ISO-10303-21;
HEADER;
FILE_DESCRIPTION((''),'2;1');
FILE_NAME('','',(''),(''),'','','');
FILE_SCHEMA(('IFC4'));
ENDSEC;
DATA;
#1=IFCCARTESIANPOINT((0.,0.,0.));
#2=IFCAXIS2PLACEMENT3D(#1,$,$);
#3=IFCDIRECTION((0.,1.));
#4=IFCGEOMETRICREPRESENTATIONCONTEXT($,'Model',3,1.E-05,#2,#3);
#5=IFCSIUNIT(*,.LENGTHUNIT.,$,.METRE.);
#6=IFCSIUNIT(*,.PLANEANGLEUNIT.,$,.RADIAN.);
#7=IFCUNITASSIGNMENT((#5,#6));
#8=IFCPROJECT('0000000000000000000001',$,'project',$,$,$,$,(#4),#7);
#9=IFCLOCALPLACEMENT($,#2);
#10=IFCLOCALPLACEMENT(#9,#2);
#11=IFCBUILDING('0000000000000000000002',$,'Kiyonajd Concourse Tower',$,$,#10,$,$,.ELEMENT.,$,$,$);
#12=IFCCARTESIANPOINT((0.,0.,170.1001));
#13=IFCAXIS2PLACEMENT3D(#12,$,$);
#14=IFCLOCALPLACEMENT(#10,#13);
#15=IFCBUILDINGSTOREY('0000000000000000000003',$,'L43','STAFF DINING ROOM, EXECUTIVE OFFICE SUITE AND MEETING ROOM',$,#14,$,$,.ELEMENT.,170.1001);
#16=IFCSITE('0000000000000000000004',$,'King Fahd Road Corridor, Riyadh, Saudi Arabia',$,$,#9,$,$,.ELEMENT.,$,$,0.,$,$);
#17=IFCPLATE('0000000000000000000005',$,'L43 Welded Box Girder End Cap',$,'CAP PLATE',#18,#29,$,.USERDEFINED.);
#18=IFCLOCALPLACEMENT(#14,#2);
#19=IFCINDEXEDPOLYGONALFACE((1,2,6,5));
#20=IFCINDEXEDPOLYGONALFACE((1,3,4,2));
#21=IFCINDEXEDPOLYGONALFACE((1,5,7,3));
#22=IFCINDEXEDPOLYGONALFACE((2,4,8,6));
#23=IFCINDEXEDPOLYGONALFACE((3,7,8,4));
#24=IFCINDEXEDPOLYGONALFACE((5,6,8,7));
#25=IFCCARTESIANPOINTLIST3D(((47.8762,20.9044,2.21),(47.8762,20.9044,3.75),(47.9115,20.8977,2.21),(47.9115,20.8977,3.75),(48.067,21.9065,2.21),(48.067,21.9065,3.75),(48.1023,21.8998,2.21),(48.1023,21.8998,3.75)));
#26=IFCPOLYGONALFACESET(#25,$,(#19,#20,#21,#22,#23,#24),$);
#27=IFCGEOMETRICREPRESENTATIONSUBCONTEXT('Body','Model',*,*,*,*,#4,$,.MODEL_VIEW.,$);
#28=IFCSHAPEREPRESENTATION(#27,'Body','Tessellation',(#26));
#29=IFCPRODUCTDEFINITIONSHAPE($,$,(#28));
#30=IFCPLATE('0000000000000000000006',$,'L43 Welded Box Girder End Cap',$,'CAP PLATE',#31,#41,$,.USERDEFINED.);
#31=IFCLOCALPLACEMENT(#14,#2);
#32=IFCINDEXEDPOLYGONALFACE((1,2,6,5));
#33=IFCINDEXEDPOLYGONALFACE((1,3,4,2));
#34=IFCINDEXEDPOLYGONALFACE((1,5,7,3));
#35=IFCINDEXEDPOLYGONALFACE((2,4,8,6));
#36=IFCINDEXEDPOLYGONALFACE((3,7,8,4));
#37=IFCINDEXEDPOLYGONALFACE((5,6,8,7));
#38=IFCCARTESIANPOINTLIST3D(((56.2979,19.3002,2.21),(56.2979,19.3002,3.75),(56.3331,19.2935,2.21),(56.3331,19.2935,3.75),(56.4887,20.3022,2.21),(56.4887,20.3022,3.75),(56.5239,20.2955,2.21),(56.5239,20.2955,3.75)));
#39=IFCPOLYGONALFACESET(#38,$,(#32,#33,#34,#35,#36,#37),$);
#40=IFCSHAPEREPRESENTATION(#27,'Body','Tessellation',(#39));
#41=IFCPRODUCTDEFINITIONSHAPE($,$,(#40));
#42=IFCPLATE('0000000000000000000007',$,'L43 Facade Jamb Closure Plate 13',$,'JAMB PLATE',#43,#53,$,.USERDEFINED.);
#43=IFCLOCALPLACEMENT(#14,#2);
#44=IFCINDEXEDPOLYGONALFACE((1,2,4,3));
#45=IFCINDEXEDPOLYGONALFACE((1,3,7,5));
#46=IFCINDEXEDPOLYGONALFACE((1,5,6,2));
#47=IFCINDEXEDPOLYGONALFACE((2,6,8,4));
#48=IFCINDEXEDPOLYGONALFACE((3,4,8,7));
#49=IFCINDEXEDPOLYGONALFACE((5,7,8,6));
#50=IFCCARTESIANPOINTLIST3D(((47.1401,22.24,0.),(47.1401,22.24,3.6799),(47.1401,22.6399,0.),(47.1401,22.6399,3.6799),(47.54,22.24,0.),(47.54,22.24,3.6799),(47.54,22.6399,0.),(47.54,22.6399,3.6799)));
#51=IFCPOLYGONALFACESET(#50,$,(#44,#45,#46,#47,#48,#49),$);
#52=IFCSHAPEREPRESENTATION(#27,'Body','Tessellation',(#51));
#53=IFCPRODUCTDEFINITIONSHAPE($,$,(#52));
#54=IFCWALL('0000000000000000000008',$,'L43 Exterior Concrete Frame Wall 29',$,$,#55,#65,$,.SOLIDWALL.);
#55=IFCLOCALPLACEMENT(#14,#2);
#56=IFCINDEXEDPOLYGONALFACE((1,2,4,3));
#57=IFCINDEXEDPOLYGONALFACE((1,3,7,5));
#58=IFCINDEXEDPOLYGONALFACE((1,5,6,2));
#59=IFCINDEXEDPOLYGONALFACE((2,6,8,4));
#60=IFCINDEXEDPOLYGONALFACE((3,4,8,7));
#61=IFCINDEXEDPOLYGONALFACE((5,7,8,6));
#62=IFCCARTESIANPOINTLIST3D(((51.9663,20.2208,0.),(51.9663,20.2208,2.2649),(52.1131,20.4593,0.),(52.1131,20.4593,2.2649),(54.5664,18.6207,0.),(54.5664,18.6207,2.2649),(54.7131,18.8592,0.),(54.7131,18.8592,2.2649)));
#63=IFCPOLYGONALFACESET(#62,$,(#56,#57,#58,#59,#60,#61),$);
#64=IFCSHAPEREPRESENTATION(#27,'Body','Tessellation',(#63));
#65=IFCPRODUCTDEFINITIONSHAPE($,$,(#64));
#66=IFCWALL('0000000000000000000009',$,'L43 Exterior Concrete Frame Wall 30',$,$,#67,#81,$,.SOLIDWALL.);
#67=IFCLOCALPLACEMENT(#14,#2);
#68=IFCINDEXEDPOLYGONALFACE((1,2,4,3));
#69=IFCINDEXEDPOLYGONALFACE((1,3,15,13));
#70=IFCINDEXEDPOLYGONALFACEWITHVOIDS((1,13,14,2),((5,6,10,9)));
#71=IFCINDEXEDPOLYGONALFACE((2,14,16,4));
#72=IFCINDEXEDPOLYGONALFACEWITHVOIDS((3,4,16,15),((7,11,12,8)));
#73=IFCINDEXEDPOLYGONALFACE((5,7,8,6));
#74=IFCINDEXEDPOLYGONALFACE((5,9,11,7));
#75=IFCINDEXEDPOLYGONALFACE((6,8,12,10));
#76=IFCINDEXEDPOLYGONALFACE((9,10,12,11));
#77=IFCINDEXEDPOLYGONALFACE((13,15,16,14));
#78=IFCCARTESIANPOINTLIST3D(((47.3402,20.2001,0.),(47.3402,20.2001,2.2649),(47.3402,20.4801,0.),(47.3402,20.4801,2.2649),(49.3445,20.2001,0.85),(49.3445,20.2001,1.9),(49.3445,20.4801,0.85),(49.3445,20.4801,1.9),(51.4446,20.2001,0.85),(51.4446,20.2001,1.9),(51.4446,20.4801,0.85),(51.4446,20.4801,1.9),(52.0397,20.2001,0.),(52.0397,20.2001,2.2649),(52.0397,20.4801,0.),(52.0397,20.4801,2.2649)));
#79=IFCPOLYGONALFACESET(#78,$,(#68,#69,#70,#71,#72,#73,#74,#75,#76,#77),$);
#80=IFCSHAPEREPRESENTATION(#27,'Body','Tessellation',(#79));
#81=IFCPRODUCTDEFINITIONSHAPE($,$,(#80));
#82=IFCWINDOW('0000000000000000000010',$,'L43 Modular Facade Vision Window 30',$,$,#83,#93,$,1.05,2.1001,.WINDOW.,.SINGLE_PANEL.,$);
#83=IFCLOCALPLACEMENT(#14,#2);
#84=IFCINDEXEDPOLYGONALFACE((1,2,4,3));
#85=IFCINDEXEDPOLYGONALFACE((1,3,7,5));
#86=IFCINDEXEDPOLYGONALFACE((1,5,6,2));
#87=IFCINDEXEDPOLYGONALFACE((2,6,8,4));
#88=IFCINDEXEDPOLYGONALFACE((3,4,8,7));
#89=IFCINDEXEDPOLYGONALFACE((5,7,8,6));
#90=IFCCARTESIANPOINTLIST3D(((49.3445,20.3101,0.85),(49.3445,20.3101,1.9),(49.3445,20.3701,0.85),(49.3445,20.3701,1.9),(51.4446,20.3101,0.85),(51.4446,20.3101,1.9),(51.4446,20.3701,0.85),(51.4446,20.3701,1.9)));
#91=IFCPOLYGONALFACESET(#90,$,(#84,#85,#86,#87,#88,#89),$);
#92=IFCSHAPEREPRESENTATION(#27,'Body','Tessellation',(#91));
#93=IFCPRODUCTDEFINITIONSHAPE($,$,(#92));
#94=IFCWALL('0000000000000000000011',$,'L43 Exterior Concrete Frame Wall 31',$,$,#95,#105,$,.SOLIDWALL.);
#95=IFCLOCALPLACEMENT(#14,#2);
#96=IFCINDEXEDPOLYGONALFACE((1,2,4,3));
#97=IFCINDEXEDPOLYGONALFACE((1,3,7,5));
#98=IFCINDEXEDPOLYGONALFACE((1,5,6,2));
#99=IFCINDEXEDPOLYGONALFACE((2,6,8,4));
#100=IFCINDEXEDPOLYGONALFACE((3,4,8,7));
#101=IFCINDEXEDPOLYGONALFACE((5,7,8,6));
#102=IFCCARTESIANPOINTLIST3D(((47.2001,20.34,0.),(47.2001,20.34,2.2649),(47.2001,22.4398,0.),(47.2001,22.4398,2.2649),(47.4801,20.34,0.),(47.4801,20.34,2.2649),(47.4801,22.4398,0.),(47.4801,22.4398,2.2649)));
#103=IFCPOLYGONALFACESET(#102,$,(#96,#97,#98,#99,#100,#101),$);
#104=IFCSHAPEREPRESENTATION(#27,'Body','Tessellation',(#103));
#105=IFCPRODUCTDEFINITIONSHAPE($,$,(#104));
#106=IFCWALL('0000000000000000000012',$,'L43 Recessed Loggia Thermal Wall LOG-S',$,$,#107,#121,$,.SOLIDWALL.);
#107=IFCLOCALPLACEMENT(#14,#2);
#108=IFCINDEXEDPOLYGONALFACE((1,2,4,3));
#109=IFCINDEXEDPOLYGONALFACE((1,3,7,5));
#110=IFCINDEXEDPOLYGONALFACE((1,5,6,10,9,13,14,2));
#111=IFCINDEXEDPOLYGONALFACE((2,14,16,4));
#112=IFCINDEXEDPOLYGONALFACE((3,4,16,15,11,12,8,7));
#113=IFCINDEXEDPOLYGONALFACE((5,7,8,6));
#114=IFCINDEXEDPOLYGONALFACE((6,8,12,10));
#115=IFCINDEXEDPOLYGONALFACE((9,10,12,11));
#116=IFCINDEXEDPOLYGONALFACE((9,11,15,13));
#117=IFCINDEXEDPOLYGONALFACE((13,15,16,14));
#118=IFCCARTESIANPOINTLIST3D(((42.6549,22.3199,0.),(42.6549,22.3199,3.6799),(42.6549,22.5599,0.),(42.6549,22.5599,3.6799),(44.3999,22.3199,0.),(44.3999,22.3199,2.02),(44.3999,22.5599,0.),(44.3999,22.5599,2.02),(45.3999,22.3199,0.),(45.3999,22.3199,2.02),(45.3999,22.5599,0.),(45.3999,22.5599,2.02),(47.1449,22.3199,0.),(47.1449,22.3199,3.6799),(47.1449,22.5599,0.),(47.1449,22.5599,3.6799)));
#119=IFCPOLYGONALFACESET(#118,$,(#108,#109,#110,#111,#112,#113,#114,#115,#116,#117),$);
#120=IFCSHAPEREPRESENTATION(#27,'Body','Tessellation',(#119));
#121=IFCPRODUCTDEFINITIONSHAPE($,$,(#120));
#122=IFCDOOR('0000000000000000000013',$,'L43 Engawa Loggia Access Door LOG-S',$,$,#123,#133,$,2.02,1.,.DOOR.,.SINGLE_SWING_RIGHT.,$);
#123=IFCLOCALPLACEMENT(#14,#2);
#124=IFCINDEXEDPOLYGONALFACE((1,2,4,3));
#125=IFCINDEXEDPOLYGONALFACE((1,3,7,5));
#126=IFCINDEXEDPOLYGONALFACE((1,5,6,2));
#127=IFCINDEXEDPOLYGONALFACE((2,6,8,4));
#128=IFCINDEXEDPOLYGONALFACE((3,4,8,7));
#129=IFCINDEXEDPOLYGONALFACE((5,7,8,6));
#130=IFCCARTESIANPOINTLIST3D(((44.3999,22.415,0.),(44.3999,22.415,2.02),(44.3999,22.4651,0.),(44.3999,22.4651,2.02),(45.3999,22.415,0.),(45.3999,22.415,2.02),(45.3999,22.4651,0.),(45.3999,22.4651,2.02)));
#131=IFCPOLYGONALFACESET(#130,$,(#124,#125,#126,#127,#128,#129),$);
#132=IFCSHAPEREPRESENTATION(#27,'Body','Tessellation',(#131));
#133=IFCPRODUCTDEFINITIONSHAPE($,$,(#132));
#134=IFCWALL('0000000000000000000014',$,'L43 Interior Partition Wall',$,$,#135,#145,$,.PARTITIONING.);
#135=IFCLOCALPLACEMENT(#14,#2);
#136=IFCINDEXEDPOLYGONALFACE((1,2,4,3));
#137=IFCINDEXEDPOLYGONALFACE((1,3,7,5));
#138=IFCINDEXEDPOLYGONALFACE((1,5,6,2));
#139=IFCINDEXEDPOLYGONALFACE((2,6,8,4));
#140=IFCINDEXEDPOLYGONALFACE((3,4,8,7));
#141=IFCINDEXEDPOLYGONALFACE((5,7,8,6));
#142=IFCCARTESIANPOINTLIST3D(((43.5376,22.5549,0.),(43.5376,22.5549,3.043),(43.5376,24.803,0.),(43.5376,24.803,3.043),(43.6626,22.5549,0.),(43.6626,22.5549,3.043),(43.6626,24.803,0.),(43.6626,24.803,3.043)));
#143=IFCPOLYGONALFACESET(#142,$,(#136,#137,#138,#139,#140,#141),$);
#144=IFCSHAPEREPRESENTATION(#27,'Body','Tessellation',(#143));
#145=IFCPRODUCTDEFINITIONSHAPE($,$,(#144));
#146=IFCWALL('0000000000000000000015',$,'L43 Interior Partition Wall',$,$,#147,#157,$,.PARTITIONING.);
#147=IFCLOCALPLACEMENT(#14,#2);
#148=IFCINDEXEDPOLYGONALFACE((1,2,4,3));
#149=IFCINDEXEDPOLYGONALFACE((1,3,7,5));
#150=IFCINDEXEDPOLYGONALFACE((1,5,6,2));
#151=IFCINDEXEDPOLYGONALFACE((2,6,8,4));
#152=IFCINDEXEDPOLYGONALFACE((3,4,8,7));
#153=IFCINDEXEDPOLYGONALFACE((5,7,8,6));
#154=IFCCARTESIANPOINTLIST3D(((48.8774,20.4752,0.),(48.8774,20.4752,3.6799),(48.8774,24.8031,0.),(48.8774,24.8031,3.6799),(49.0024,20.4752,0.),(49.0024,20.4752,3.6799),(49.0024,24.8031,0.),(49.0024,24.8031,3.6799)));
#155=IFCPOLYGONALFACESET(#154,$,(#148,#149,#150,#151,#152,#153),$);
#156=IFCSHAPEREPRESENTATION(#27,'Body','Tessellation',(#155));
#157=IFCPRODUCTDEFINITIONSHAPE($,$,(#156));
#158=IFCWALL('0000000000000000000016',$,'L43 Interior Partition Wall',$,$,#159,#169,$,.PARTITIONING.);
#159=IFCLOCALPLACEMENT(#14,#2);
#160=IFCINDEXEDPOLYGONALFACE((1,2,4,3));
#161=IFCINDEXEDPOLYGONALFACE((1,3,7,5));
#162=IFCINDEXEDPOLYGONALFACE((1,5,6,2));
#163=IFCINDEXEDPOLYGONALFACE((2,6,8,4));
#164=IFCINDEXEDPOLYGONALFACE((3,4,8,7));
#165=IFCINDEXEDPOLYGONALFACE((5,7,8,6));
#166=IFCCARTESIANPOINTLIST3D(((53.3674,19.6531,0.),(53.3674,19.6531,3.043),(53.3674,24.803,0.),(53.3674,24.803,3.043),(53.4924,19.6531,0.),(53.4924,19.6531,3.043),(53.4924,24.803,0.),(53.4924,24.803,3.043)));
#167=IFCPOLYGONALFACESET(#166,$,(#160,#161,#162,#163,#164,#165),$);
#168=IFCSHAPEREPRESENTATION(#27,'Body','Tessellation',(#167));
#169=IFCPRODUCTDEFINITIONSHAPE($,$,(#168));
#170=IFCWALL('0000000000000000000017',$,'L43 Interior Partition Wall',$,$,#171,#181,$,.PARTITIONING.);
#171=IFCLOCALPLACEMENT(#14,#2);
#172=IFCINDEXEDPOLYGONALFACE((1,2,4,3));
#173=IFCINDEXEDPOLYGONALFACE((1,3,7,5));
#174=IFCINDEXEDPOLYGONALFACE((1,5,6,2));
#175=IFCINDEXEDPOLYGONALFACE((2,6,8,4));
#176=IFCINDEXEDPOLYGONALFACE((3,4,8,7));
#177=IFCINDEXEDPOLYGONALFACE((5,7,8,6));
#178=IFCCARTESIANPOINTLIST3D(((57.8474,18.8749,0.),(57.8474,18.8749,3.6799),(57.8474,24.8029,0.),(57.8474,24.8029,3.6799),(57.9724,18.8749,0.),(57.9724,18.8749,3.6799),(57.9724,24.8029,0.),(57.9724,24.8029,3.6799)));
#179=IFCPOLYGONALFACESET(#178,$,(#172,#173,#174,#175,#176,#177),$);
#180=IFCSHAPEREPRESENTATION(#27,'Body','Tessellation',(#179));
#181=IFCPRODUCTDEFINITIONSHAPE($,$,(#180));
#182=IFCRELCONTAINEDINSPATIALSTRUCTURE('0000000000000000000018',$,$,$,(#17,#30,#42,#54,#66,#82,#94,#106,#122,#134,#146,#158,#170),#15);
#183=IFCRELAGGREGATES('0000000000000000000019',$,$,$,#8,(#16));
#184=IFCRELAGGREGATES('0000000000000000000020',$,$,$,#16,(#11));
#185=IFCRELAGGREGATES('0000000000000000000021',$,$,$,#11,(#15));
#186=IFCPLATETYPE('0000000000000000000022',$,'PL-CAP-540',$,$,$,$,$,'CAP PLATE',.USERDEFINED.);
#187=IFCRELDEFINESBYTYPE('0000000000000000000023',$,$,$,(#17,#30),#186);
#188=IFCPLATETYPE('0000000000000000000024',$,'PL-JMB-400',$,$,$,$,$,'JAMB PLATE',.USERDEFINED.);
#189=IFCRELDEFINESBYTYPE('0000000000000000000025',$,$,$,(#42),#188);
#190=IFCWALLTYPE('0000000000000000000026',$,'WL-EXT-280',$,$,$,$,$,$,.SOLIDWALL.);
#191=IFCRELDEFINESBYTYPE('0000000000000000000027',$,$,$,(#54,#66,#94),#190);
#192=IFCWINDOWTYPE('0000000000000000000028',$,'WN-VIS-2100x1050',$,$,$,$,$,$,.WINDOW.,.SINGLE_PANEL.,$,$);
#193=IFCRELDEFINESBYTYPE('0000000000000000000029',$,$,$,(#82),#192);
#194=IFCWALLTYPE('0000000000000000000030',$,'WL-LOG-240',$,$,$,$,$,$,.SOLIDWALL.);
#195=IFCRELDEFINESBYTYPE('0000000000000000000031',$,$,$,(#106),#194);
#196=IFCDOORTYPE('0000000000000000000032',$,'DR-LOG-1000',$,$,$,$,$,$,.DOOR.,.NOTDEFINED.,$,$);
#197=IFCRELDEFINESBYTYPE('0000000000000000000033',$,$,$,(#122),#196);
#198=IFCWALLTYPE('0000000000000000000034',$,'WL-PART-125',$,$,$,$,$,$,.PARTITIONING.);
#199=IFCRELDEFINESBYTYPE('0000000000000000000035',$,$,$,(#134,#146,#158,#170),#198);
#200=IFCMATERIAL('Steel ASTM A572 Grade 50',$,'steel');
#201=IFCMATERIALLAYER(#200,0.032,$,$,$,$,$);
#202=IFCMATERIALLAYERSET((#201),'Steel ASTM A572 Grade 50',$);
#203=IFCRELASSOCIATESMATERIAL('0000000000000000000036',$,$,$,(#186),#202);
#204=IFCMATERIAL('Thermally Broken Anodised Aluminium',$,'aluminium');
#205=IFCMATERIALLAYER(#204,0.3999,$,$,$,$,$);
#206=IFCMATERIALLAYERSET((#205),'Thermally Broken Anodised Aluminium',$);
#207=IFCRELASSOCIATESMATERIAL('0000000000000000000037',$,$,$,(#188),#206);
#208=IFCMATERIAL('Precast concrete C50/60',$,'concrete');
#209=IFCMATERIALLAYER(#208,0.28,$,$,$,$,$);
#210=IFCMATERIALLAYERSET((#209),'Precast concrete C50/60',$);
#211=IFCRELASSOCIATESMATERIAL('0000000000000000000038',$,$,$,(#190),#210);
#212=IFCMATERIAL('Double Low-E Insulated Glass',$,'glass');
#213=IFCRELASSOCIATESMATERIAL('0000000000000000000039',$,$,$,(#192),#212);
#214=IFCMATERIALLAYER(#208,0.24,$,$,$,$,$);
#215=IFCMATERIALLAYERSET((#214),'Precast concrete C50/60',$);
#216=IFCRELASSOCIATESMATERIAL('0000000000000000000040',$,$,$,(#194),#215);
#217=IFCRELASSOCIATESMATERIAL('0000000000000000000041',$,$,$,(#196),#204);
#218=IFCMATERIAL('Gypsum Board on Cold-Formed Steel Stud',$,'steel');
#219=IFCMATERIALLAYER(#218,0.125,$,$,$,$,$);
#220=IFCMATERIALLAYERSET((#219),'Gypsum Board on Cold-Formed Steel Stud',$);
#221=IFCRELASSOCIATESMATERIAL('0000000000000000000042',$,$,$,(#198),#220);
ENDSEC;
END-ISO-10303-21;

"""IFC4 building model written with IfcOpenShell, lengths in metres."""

from ifc_helpers import new_model, si_unit, direction, frame, frame_2d, origin, origin_2d, place, context, subcontext, project, spatial, rectangle, extrude, material, layer, layer_set, type_object, element, fill, save


model = new_model("IFC4")

# Units and contexts
model_context = context("Model", 3, precision=1e-05, world=origin(), true_north=direction((0.0, 1.0)))
body_context = subcontext(model_context, "Body", "Model", "MODEL_VIEW")
ifc_project = project(units=[si_unit("LENGTHUNIT", "METRE"), si_unit("PLANEANGLEUNIT", "RADIAN")], contexts=[model_context])

# Site, building, storey
site_placement = place(None, origin())
site = spatial("IfcSite", under=ifc_project, at=site_placement, Name="King Fahd Road Corridor, Riyadh, Saudi Arabia", CompositionType="ELEMENT", RefElevation=0.0)
building_placement = place(site_placement, origin())
building = spatial("IfcBuilding", under=site, at=building_placement, Name="Kiyonajd Concourse Tower", CompositionType="ELEMENT")
storey_placement = place(building_placement, frame((0.0, 0.0, 170.1001)))
storey = spatial("IfcBuildingStorey", under=building, at=storey_placement, Name="L43", Description="STAFF DINING ROOM, EXECUTIVE OFFICE SUITE AND MEETING ROOM", CompositionType="ELEMENT", Elevation=170.1001)

# Shared definitions
ifc_material_1 = material(Name="Steel ASTM A572 Grade 50", Category="steel")

# Plates
ifc_layer_1 = layer(ifc_material_1, 0.032)
ifc_layer_set_1 = layer_set([ifc_layer_1], Name="Steel ASTM A572 Grade 50")
plate_type_1 = type_object("IfcPlateType", Name="PL-CAP-540", ElementType="CAP PLATE", PredefinedType="USERDEFINED", material=ifc_layer_set_1)
for number, where, z_axis, x_axis, name in (
    (1, (47.9893, 21.4021, 2.21), (0.0, 0.0, 1.0), (-0.982353, 0.187038, 0.0), "L43 Welded Box Girder End Cap"),
    (2, (56.4109, 19.7979, 2.21), (0.0, 0.0, 1.0), (0.982353, -0.187038, 0.0), "L43 Welded Box Girder End Cap"),
):
    element("IfcPlate", number, at=place(storey_placement, frame(where, z_axis=z_axis, x_axis=x_axis)), inside=storey, type_object=plate_type_1, Name=name, ObjectType="CAP PLATE", PredefinedType="USERDEFINED", context=body_context, shape_type="SweptSolid", body=[
        extrude(rectangle(XDim=0.0359, YDim=1.02, at=origin_2d()), origin(), (0.0, 0.0, 1.0), 1.54),
    ])
ifc_material_2 = material(Name="Thermally Broken Anodised Aluminium", Category="aluminium")
ifc_layer_2 = layer(ifc_material_2, 0.3999)
ifc_layer_set_2 = layer_set([ifc_layer_2], Name="Thermally Broken Anodised Aluminium")
plate_type_2 = type_object("IfcPlateType", Name="PL-JMB-400", ElementType="JAMB PLATE", PredefinedType="USERDEFINED", material=ifc_layer_set_2)
plate_placement = place(storey_placement, frame((47.3401, 22.4399, 0.0), z_axis=(0.0, 0.0, 1.0), x_axis=(1.0, 0.0, 0.0)))
element("IfcPlate", 3, at=plate_placement, inside=storey, type_object=plate_type_2, Name="L43 Facade Jamb Closure Plate 13", ObjectType="JAMB PLATE", PredefinedType="USERDEFINED", context=body_context, shape_type="SweptSolid", body=[
    extrude(rectangle(XDim=0.3999, YDim=0.3999, at=origin_2d()), origin(), (0.0, 0.0, 1.0), 3.6799),
])

# Wall
ifc_material_3 = material(Name="Precast concrete C50/60", Category="concrete")
ifc_layer_3 = layer(ifc_material_3, 0.28)
ifc_layer_set_3 = layer_set([ifc_layer_3], Name="Precast concrete C50/60")
wall_type_1 = type_object("IfcWallType", Name="WL-EXT-280", PredefinedType="SOLIDWALL", material=ifc_layer_set_3)
wall_1_placement = place(storey_placement, frame((54.6396, 18.74, 0.0), z_axis=(0.0, 0.0, 1.0), x_axis=(-0.851653, 0.524106, 0.0)))
element("IfcWall", 4, at=wall_1_placement, inside=storey, type_object=wall_type_1, Name="L43 Exterior Concrete Frame Wall 29", PredefinedType="SOLIDWALL", context=body_context, shape_type="SweptSolid", body=[
    extrude(rectangle(XDim=3.053, YDim=0.28, at=frame_2d((1.5264, 0.0))), origin(), (0.0, 0.0, 1.0), 2.2649),
])

# Wall, opening, window
wall_2_placement = place(storey_placement, frame((52.0396, 20.3401, 0.0), z_axis=(0.0, 0.0, 1.0), x_axis=(-1.0, 0.0, 0.0)))
wall_2 = element("IfcWall", 5, at=wall_2_placement, inside=storey, type_object=wall_type_1, Name="L43 Exterior Concrete Frame Wall 30", PredefinedType="SOLIDWALL", context=body_context, shape_type="SweptSolid", body=[
    extrude(rectangle(XDim=4.6995, YDim=0.28, at=frame_2d((2.3496, 0.0))), origin(), (0.0, 0.0, 1.0), 2.2649),
])
opening_1_placement = place(wall_2_placement, frame((0.595, 0.0, 0.8501)))
opening_1 = element("IfcOpeningElement", 6, at=opening_1_placement, cuts=wall_2, PredefinedType="OPENING", context=body_context, shape_type="SweptSolid", body=[
    extrude(rectangle(XDim=2.1001, YDim=1.05, at=frame_2d((1.05, 0.5249))), frame((0.0, 0.1499, 0.0), z_axis=(0.0, -1.0, 0.0), x_axis=(1.0, 0.0, 0.0)), (0.0, 0.0, 1.0), 0.3),
])
ifc_material_4 = material(Name="Double Low-E Insulated Glass", Category="glass")
window_type = type_object("IfcWindowType", Name="WN-VIS-2100x1050", PartitioningType="SINGLE_PANEL", PredefinedType="WINDOW", material=ifc_material_4)
window_placement = place(opening_1_placement, origin())
window = element("IfcWindow", 7, at=window_placement, inside=storey, type_object=window_type, Name="L43 Modular Facade Vision Window 30", OverallHeight=1.05, OverallWidth=2.1001, PartitioningType="SINGLE_PANEL", PredefinedType="WINDOW", context=body_context, shape_type="SweptSolid", body=[
    extrude(rectangle(XDim=2.1001, YDim=1.05, at=frame_2d((1.05, 0.5249))), frame((0.0, 0.03, 0.0), z_axis=(0.0, -1.0, 0.0), x_axis=(1.0, 0.0, 0.0)), (0.0, 0.0, 1.0), 0.0601),
])
fill(opening_1, window)

# Wall
wall_3_placement = place(storey_placement, frame((47.3401, 20.3401, 0.0), z_axis=(0.0, 0.0, 1.0), x_axis=(0.0, 1.0, 0.0)))
element("IfcWall", 8, at=wall_3_placement, inside=storey, type_object=wall_type_1, Name="L43 Exterior Concrete Frame Wall 31", PredefinedType="SOLIDWALL", context=body_context, shape_type="SweptSolid", body=[
    extrude(rectangle(XDim=2.0999, YDim=0.28, at=frame_2d((1.0498, 0.0))), origin(), (0.0, 0.0, 1.0), 2.2649),
])

# Wall, opening, door
ifc_layer_4 = layer(ifc_material_3, 0.24)
ifc_layer_set_4 = layer_set([ifc_layer_4], Name="Precast concrete C50/60")
wall_type_2 = type_object("IfcWallType", Name="WL-LOG-240", PredefinedType="SOLIDWALL", material=ifc_layer_set_4)
wall_4_placement = place(storey_placement, frame((47.145, 22.4399, 0.0), z_axis=(0.0, 0.0, 1.0), x_axis=(-1.0, 0.0, 0.0)))
wall_4 = element("IfcWall", 9, at=wall_4_placement, inside=storey, type_object=wall_type_2, Name="L43 Recessed Loggia Thermal Wall LOG-S", PredefinedType="SOLIDWALL", context=body_context, shape_type="SweptSolid", body=[
    extrude(rectangle(XDim=4.49, YDim=0.24, at=frame_2d((2.2451, 0.0))), origin(), (0.0, 0.0, 1.0), 3.6799),
])
opening_2_placement = place(wall_4_placement, frame((1.7451, 0.0, 0.0)))
opening_2 = element("IfcOpeningElement", 10, at=opening_2_placement, cuts=wall_4, PredefinedType="OPENING", context=body_context, shape_type="SweptSolid", body=[
    extrude(rectangle(XDim=1.0, YDim=2.02, at=frame_2d((0.5, 1.01))), frame((0.0, 0.1299, 0.0), z_axis=(0.0, -1.0, 0.0), x_axis=(1.0, 0.0, 0.0)), (0.0, 0.0, 1.0), 0.26),
])
door_type = type_object("IfcDoorType", Name="DR-LOG-1000", OperationType="NOTDEFINED", PredefinedType="DOOR", material=ifc_material_2)
door_placement = place(opening_2_placement, origin())
door = element("IfcDoor", 11, at=door_placement, inside=storey, type_object=door_type, Name="L43 Engawa Loggia Access Door LOG-S", OperationType="SINGLE_SWING_RIGHT", OverallHeight=2.02, OverallWidth=1.0, PredefinedType="DOOR", context=body_context, shape_type="SweptSolid", body=[
    extrude(rectangle(XDim=1.0, YDim=2.02, at=frame_2d((0.5, 1.01))), frame((0.0, 0.0249, 0.0), z_axis=(0.0, -1.0, 0.0), x_axis=(1.0, 0.0, 0.0)), (0.0, 0.0, 1.0), 0.05),
])
fill(opening_2, door)

# Walls
ifc_material_5 = material(Name="Gypsum Board on Cold-Formed Steel Stud", Category="steel")
ifc_layer_5 = layer(ifc_material_5, 0.125)
ifc_layer_set_5 = layer_set([ifc_layer_5], Name="Gypsum Board on Cold-Formed Steel Stud")
wall_type_3 = type_object("IfcWallType", Name="WL-PART-125", PredefinedType="PARTITIONING", material=ifc_layer_set_5)
wall_5_placement = place(storey_placement, frame((43.6001, 22.5549, 0.0), z_axis=(0.0, 0.0, 1.0), x_axis=(0.0, 1.0, 0.0)))
element("IfcWall", 12, at=wall_5_placement, inside=storey, type_object=wall_type_3, Name="L43 Interior Partition Wall", PredefinedType="PARTITIONING", context=body_context, shape_type="SweptSolid", body=[
    extrude(rectangle(XDim=2.248, YDim=0.125, at=frame_2d((1.124, 0.0))), origin(), (0.0, 0.0, 1.0), 3.043),
])
wall_6_placement = place(storey_placement, frame((48.9399, 20.4751, 0.0), z_axis=(0.0, 0.0, 1.0), x_axis=(0.0, 1.0, 0.0)))
element("IfcWall", 13, at=wall_6_placement, inside=storey, type_object=wall_type_3, Name="L43 Interior Partition Wall", PredefinedType="PARTITIONING", context=body_context, shape_type="SweptSolid", body=[
    extrude(rectangle(XDim=4.3279, YDim=0.125, at=frame_2d((2.1641, 0.0))), origin(), (0.0, 0.0, 1.0), 3.6799),
])
wall_7_placement = place(storey_placement, frame((53.4299, 19.6531, 0.0), z_axis=(0.0, 0.0, 1.0), x_axis=(0.0, 1.0, 0.0)))
element("IfcWall", 14, at=wall_7_placement, inside=storey, type_object=wall_type_3, Name="L43 Interior Partition Wall", PredefinedType="PARTITIONING", context=body_context, shape_type="SweptSolid", body=[
    extrude(rectangle(XDim=5.1499, YDim=0.125, at=frame_2d((2.575, 0.0))), origin(), (0.0, 0.0, 1.0), 3.043),
])
wall_8_placement = place(storey_placement, frame((57.9099, 18.875, 0.0), z_axis=(0.0, 0.0, 1.0), x_axis=(0.0, 1.0, 0.0)))
element("IfcWall", 15, at=wall_8_placement, inside=storey, type_object=wall_type_3, Name="L43 Interior Partition Wall", PredefinedType="PARTITIONING", context=body_context, shape_type="SweptSolid", body=[
    extrude(rectangle(XDim=5.928, YDim=0.125, at=frame_2d((2.9639, 0.0))), origin(), (0.0, 0.0, 1.0), 3.6799),
])

save(model, "model.ifc")
